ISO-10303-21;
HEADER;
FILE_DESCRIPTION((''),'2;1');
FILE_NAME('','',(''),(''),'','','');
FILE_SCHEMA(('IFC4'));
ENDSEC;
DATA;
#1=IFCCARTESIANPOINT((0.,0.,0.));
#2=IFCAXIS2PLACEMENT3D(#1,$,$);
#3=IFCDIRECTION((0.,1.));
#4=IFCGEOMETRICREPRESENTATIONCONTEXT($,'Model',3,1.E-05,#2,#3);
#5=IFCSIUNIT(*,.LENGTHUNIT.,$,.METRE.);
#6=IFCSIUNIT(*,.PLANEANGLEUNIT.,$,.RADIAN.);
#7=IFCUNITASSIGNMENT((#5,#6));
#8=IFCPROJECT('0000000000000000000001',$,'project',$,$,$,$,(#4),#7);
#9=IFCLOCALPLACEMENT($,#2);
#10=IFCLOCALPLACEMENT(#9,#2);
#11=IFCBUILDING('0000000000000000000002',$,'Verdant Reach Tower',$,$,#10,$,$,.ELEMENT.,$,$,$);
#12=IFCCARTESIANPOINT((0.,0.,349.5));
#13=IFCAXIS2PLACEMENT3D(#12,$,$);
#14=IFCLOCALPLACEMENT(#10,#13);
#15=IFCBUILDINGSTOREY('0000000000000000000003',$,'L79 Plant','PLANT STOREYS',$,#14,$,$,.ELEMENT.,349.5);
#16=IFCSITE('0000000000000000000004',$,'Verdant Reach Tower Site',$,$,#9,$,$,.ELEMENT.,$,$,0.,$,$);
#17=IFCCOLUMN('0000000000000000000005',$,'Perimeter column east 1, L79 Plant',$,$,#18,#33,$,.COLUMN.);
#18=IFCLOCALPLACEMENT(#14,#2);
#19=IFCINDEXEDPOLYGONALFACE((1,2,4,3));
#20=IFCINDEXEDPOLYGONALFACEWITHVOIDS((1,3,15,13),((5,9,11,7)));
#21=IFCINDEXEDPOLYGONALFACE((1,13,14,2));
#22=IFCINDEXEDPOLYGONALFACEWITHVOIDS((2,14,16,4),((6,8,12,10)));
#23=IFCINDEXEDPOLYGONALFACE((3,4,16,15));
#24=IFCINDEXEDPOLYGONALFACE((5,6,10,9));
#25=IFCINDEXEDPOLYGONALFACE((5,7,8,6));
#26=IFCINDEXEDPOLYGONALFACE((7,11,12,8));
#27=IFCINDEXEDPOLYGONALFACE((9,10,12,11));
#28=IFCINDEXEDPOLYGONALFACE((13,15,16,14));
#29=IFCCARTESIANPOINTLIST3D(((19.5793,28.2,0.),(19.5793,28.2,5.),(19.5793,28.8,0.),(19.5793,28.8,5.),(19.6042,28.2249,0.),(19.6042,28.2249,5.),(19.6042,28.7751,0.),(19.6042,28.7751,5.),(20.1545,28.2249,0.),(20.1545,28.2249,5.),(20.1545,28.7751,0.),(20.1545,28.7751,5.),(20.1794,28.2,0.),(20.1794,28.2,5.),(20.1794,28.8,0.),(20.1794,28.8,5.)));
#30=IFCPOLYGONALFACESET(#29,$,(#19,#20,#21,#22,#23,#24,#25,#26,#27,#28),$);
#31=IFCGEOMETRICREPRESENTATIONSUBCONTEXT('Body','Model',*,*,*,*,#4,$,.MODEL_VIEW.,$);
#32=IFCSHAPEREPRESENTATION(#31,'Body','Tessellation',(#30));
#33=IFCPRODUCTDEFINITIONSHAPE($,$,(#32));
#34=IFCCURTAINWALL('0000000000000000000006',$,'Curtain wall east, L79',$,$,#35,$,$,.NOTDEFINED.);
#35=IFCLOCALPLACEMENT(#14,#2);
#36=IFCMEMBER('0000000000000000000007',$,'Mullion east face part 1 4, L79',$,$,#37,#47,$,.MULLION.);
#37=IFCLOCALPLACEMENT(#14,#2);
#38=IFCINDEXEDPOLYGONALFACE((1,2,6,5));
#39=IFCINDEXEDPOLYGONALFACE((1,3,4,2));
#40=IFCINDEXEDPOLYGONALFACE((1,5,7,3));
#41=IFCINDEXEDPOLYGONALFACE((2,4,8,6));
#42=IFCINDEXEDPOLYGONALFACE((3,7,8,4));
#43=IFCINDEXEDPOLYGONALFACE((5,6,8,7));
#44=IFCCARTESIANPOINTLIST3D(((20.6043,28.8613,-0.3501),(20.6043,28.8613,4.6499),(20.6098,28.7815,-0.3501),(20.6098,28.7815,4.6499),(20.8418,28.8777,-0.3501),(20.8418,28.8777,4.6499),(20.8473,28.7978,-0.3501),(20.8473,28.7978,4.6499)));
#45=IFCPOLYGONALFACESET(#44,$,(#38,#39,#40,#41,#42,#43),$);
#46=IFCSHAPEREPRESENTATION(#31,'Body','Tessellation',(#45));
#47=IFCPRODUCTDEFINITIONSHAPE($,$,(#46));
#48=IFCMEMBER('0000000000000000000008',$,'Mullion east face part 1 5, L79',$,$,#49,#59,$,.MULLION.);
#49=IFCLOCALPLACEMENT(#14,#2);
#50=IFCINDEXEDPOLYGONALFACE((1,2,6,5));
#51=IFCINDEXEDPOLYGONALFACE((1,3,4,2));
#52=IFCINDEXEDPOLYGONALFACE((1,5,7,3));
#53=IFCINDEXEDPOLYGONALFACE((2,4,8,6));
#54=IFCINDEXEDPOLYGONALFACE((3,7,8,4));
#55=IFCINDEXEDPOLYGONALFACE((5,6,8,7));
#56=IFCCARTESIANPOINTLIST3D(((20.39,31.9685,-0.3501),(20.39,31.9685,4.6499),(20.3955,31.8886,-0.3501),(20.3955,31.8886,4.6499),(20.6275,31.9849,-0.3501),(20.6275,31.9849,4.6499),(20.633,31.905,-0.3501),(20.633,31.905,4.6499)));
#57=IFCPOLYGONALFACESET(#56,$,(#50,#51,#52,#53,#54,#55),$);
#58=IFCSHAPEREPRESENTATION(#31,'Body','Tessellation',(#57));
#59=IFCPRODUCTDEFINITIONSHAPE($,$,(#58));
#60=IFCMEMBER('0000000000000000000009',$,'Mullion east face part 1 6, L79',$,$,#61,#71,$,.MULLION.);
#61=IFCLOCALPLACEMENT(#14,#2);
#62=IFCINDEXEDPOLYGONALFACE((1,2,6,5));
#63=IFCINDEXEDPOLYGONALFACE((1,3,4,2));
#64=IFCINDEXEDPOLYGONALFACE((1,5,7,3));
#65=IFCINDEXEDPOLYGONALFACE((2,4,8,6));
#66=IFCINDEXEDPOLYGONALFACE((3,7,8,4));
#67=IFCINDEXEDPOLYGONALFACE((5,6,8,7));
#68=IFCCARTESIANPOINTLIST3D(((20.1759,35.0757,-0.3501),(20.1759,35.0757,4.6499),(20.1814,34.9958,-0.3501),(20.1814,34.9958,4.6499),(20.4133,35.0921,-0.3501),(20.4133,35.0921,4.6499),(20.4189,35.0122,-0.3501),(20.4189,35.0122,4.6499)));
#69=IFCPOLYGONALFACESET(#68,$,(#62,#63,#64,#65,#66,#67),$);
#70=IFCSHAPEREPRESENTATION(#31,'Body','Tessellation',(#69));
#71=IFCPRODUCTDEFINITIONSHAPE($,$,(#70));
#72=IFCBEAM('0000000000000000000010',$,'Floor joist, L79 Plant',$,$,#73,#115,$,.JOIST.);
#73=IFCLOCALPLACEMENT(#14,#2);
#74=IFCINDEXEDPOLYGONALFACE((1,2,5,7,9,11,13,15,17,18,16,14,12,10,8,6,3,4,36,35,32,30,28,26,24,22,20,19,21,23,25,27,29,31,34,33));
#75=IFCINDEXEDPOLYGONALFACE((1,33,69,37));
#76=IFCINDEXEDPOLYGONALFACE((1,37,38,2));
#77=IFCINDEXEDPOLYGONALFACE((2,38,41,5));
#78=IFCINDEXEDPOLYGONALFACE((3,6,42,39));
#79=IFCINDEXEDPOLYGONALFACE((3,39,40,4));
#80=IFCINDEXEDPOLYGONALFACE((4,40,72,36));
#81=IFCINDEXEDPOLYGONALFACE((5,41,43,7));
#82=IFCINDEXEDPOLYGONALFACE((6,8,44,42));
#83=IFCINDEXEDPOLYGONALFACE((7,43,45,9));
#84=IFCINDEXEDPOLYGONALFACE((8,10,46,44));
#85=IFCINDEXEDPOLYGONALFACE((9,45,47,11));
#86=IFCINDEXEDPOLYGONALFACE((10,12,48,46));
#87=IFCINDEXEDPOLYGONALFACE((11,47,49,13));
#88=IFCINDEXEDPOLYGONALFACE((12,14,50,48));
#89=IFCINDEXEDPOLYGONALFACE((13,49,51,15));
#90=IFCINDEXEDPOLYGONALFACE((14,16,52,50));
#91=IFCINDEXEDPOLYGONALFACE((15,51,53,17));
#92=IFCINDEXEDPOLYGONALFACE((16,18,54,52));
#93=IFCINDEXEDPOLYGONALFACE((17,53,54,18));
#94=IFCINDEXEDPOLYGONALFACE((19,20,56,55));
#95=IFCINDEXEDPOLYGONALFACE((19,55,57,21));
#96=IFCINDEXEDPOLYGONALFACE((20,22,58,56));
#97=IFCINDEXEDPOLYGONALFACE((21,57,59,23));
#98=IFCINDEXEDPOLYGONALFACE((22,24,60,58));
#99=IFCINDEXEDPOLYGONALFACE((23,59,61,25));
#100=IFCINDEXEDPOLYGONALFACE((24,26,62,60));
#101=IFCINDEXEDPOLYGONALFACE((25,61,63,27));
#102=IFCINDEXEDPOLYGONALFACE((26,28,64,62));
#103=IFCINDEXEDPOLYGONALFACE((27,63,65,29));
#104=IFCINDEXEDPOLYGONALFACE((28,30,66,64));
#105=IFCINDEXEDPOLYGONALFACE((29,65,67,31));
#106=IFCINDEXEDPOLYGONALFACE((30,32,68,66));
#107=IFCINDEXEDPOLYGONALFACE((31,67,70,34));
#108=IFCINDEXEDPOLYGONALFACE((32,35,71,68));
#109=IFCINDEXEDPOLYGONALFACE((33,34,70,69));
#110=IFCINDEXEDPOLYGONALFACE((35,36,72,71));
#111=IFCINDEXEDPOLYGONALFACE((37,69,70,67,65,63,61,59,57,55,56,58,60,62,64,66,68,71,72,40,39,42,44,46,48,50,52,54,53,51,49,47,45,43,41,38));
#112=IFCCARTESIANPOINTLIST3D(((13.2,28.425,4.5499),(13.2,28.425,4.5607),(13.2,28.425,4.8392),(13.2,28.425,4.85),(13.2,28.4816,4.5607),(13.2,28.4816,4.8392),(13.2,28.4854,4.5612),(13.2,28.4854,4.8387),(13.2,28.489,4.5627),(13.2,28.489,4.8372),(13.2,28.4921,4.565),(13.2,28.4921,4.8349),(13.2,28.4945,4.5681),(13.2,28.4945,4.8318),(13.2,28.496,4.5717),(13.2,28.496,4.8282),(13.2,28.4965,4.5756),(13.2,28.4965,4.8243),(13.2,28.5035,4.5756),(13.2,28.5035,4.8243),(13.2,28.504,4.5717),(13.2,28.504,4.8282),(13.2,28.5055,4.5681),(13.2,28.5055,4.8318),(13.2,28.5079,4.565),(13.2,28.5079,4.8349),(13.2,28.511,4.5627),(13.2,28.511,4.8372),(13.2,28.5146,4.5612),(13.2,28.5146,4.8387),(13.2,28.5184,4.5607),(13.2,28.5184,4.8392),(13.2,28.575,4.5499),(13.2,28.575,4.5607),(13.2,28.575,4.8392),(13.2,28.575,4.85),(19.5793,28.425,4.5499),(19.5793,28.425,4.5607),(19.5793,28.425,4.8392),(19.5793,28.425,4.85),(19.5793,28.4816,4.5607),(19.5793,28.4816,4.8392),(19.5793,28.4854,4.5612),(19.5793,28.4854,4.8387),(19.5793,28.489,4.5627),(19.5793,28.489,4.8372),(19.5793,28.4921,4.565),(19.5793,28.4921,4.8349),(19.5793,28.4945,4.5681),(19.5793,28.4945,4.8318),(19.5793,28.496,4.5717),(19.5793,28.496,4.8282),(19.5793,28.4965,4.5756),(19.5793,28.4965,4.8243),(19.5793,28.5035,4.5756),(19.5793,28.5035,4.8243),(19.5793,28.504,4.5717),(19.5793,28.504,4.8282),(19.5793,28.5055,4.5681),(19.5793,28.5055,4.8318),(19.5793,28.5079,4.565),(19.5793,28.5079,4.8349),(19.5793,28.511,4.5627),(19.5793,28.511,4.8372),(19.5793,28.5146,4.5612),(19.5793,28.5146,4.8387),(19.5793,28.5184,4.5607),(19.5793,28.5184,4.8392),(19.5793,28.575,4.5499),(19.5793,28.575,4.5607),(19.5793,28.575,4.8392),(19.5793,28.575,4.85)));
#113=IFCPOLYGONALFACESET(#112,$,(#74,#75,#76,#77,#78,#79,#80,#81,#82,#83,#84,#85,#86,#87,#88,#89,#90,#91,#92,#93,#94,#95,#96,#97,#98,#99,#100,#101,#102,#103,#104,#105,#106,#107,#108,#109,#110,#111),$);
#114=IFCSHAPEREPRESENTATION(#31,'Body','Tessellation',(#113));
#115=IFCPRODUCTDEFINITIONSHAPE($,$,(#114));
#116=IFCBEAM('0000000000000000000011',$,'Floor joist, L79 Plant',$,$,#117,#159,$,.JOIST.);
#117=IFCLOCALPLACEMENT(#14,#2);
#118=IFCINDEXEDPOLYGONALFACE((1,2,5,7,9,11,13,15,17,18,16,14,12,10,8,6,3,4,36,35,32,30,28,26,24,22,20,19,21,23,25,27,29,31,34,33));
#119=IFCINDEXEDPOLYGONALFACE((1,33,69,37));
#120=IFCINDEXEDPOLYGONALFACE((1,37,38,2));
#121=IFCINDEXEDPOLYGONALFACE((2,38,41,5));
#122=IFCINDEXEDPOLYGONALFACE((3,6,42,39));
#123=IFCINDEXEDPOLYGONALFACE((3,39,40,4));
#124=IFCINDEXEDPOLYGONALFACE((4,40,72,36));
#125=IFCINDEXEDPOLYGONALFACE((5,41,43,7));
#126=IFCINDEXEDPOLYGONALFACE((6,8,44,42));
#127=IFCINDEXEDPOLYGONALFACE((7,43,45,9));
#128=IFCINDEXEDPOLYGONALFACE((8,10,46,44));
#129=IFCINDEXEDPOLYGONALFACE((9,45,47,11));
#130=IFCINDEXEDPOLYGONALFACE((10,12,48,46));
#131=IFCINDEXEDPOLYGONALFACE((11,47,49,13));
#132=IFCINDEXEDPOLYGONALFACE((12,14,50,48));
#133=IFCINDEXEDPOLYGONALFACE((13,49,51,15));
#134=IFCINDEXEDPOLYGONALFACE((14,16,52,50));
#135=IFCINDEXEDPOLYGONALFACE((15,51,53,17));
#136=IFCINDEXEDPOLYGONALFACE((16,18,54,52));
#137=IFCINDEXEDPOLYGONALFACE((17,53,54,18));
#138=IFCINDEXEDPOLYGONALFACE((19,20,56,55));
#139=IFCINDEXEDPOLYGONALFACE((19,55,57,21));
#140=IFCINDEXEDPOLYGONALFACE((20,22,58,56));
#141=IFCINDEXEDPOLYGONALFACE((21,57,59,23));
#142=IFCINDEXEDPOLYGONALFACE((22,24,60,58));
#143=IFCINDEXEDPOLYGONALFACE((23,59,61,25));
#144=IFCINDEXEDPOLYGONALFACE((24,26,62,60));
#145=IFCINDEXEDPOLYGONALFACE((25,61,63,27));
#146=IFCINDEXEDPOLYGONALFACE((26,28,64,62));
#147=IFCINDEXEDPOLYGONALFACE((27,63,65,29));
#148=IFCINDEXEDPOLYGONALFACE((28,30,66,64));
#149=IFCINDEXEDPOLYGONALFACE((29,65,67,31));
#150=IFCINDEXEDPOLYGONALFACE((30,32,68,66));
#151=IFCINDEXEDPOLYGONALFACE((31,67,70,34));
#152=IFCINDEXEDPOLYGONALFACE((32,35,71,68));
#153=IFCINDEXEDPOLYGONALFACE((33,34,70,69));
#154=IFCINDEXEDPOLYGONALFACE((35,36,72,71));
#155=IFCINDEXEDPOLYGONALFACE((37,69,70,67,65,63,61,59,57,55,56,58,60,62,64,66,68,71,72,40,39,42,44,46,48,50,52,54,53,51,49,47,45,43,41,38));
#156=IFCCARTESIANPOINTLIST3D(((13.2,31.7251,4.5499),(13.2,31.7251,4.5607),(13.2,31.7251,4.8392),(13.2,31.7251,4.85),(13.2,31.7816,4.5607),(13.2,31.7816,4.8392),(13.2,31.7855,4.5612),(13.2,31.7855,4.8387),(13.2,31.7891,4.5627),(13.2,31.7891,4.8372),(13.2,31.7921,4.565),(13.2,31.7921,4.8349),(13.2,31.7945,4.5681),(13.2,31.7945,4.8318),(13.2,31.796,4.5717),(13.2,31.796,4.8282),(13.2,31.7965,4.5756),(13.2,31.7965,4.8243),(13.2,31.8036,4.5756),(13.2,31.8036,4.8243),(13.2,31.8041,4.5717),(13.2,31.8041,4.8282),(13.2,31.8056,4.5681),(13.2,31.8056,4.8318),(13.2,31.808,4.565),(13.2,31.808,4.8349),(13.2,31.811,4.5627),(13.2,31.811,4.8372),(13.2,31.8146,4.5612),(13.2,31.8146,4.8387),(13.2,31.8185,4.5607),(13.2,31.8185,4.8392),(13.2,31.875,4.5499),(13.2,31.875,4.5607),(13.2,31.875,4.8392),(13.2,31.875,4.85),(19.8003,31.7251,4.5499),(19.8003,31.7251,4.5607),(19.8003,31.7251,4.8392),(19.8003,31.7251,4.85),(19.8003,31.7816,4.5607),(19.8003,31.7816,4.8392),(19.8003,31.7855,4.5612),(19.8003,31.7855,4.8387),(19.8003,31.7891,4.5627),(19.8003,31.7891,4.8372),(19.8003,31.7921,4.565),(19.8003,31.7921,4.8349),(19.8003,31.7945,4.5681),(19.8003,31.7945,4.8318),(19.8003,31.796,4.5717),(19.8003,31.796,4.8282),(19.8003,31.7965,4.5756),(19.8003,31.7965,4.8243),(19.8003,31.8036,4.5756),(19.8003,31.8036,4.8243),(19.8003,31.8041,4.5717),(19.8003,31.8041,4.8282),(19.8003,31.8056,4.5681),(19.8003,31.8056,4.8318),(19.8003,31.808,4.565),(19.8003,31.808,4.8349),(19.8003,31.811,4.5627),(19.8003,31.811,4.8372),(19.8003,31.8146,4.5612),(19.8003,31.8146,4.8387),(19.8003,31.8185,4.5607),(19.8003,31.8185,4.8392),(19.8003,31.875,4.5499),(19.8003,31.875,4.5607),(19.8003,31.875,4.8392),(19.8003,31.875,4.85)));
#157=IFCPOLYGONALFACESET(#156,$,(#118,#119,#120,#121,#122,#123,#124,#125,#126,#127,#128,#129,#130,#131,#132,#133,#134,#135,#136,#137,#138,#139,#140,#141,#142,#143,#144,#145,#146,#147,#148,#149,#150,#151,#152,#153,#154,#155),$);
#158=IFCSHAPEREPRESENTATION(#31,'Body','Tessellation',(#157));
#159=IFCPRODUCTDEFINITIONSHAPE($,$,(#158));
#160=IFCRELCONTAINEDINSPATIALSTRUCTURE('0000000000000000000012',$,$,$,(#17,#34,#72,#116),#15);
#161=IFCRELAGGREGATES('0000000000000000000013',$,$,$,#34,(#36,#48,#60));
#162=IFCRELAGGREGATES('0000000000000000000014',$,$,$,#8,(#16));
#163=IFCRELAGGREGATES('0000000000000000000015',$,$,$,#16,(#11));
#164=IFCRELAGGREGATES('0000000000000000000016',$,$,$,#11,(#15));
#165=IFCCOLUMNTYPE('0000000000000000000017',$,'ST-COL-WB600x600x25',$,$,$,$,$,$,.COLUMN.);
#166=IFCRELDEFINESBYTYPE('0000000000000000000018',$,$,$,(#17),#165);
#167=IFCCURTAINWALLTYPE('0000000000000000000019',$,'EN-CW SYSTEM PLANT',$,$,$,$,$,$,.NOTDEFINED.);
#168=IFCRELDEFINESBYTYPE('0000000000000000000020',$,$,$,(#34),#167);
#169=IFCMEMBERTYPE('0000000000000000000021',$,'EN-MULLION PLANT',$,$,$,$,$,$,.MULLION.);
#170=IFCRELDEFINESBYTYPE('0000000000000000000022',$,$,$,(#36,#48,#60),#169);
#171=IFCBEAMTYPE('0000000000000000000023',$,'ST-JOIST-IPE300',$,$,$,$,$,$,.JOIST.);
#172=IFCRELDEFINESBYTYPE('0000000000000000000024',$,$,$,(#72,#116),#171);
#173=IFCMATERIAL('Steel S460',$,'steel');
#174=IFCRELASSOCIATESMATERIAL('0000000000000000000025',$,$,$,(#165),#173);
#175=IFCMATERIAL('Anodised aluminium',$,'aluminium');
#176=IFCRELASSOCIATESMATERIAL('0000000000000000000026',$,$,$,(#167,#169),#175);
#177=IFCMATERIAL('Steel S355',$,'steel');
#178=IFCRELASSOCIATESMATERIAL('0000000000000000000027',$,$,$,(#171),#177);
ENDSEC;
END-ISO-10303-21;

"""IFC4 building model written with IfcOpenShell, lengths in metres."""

from ifc_helpers import new_model, si_unit, direction, frame, origin, origin_2d, place, context, subcontext, project, spatial, rectangle, hollow_rectangle, i_section, extrude, material, material_profile, profile_set, type_object, element, aggregate, save


model = new_model("IFC4")

# Units and contexts
model_context = context("Model", 3, precision=1e-05, world=origin(), true_north=direction((0.0, 1.0)))
body_context = subcontext(model_context, "Body", "Model", "MODEL_VIEW")
ifc_project = project(units=[si_unit("LENGTHUNIT", "METRE"), si_unit("PLANEANGLEUNIT", "RADIAN")], contexts=[model_context])

# Site, building, storey
site_placement = place(None, origin())
site = spatial("IfcSite", under=ifc_project, at=site_placement, Name="Verdant Reach Tower Site", CompositionType="ELEMENT", RefElevation=0.0)
building_placement = place(site_placement, origin())
building = spatial("IfcBuilding", under=site, at=building_placement, Name="Verdant Reach Tower", CompositionType="ELEMENT")
storey_placement = place(building_placement, frame((0.0, 0.0, 349.5)))
storey = spatial("IfcBuildingStorey", under=building, at=storey_placement, Name="L79 Plant", Description="PLANT STOREYS", CompositionType="ELEMENT", Elevation=349.5)

# Column
ifc_material_1 = material(Name="Steel S460", Category="steel")
ifc_material_profile_1 = material_profile(ifc_material_1, hollow_rectangle(XDim=0.6001, YDim=0.6001, WallThickness=0.0249, at=origin_2d()), Name="WB 600x600x25")
ifc_profile_set_1 = profile_set([ifc_material_profile_1], Name="Steel S460")
column_type = type_object("IfcColumnType", Name="ST-COL-WB600x600x25", PredefinedType="COLUMN", material=ifc_profile_set_1)
column_placement = place(storey_placement, frame((19.8794, 28.5, 0.0), z_axis=(0.0, 0.0, 1.0), x_axis=(1.0, 0.0, 0.0)))
element("IfcColumn", 1, at=column_placement, inside=storey, type_object=column_type, Name="Perimeter column east 1, L79 Plant", PredefinedType="COLUMN", context=body_context, shape_type="SweptSolid", body=[
    extrude(hollow_rectangle(XDim=0.6001, YDim=0.6001, WallThickness=0.0249, at=origin_2d()), origin(), (0.0, 0.0, 1.0), 5.0),
])

# Curtain wall, members
ifc_material_2 = material(Name="Anodised aluminium", Category="aluminium")
curtain_wall_type = type_object("IfcCurtainWallType", Name="EN-CW SYSTEM PLANT", PredefinedType="NOTDEFINED", material=ifc_material_2)
curtain_wall_placement = place(storey_placement, origin())
curtain_wall = element("IfcCurtainWall", 2, at=curtain_wall_placement, inside=storey, type_object=curtain_wall_type, Name="Curtain wall east, L79", PredefinedType="NOTDEFINED")
ifc_material_profile_2 = material_profile(ifc_material_2, rectangle(XDim=0.238, YDim=0.0801, at=origin_2d()), Name="Mullion 80x240")
ifc_profile_set_2 = profile_set([ifc_material_profile_2], Name="Anodised aluminium")
member_type = type_object("IfcMemberType", Name="EN-MULLION PLANT", PredefinedType="MULLION", material=ifc_profile_set_2)
member_1_placement = place(storey_placement, frame((20.7258, 28.8296, -0.3501), z_axis=(0.0, 0.0, 1.0), x_axis=(0.99763, 0.068802, 0.0)))
member_1 = element("IfcMember", 3, at=member_1_placement, type_object=member_type, Name="Mullion east face part 1 4, L79", PredefinedType="MULLION", context=body_context, shape_type="SweptSolid", body=[
    extrude(rectangle(XDim=0.238, YDim=0.0801, at=origin_2d()), origin(), (0.0, 0.0, 1.0), 5.0),
])
member_2_placement = place(storey_placement, frame((20.5115, 31.9368, -0.3501), z_axis=(0.0, 0.0, 1.0), x_axis=(0.99763, 0.068802, 0.0)))
member_2 = element("IfcMember", 4, at=member_2_placement, type_object=member_type, Name="Mullion east face part 1 5, L79", PredefinedType="MULLION", context=body_context, shape_type="SweptSolid", body=[
    extrude(rectangle(XDim=0.238, YDim=0.0801, at=origin_2d()), origin(), (0.0, 0.0, 1.0), 5.0),
])
member_3_placement = place(storey_placement, frame((20.2974, 35.0439, -0.3501), z_axis=(0.0, 0.0, 1.0), x_axis=(0.99763, 0.068802, 0.0)))
member_3 = element("IfcMember", 5, at=member_3_placement, type_object=member_type, Name="Mullion east face part 1 6, L79", PredefinedType="MULLION", context=body_context, shape_type="SweptSolid", body=[
    extrude(rectangle(XDim=0.238, YDim=0.0801, at=origin_2d()), origin(), (0.0, 0.0, 1.0), 5.0),
])

# Beams
ifc_material_3 = material(Name="Steel S355", Category="steel")
ifc_material_profile_3 = material_profile(ifc_material_3, i_section(OverallWidth=0.1499, OverallDepth=0.3, WebThickness=0.0071, FlangeThickness=0.0107, FilletRadius=0.0149, at=origin_2d()), Name="IPE 300")
ifc_profile_set_3 = profile_set([ifc_material_profile_3], Name="Steel S355")
beam_type = type_object("IfcBeamType", Name="ST-JOIST-IPE300", PredefinedType="JOIST", material=ifc_profile_set_3)
beam_1_placement = place(storey_placement, frame((13.2, 28.5, 4.7), z_axis=(1.0, 0.0, 0.0), x_axis=(0.0, 1.0, 0.0)))
element("IfcBeam", 6, at=beam_1_placement, inside=storey, type_object=beam_type, Name="Floor joist, L79 Plant", PredefinedType="JOIST", context=body_context, shape_type="SweptSolid", body=[
    extrude(i_section(OverallWidth=0.1499, OverallDepth=0.3, WebThickness=0.0071, FlangeThickness=0.0107, FilletRadius=0.0149, at=origin_2d()), origin(), (0.0, 0.0, 1.0), 6.3794),
])
beam_2_placement = place(storey_placement, frame((13.2, 31.8, 4.7), z_axis=(1.0, 0.0, 0.0), x_axis=(0.0, 1.0, 0.0)))
element("IfcBeam", 7, at=beam_2_placement, inside=storey, type_object=beam_type, Name="Floor joist, L79 Plant", PredefinedType="JOIST", context=body_context, shape_type="SweptSolid", body=[
    extrude(i_section(OverallWidth=0.1499, OverallDepth=0.3, WebThickness=0.0071, FlangeThickness=0.0107, FilletRadius=0.0149, at=origin_2d()), origin(), (0.0, 0.0, 1.0), 6.6003),
])

aggregate(curtain_wall, [member_1, member_2, member_3])

save(model, "model.ifc")
